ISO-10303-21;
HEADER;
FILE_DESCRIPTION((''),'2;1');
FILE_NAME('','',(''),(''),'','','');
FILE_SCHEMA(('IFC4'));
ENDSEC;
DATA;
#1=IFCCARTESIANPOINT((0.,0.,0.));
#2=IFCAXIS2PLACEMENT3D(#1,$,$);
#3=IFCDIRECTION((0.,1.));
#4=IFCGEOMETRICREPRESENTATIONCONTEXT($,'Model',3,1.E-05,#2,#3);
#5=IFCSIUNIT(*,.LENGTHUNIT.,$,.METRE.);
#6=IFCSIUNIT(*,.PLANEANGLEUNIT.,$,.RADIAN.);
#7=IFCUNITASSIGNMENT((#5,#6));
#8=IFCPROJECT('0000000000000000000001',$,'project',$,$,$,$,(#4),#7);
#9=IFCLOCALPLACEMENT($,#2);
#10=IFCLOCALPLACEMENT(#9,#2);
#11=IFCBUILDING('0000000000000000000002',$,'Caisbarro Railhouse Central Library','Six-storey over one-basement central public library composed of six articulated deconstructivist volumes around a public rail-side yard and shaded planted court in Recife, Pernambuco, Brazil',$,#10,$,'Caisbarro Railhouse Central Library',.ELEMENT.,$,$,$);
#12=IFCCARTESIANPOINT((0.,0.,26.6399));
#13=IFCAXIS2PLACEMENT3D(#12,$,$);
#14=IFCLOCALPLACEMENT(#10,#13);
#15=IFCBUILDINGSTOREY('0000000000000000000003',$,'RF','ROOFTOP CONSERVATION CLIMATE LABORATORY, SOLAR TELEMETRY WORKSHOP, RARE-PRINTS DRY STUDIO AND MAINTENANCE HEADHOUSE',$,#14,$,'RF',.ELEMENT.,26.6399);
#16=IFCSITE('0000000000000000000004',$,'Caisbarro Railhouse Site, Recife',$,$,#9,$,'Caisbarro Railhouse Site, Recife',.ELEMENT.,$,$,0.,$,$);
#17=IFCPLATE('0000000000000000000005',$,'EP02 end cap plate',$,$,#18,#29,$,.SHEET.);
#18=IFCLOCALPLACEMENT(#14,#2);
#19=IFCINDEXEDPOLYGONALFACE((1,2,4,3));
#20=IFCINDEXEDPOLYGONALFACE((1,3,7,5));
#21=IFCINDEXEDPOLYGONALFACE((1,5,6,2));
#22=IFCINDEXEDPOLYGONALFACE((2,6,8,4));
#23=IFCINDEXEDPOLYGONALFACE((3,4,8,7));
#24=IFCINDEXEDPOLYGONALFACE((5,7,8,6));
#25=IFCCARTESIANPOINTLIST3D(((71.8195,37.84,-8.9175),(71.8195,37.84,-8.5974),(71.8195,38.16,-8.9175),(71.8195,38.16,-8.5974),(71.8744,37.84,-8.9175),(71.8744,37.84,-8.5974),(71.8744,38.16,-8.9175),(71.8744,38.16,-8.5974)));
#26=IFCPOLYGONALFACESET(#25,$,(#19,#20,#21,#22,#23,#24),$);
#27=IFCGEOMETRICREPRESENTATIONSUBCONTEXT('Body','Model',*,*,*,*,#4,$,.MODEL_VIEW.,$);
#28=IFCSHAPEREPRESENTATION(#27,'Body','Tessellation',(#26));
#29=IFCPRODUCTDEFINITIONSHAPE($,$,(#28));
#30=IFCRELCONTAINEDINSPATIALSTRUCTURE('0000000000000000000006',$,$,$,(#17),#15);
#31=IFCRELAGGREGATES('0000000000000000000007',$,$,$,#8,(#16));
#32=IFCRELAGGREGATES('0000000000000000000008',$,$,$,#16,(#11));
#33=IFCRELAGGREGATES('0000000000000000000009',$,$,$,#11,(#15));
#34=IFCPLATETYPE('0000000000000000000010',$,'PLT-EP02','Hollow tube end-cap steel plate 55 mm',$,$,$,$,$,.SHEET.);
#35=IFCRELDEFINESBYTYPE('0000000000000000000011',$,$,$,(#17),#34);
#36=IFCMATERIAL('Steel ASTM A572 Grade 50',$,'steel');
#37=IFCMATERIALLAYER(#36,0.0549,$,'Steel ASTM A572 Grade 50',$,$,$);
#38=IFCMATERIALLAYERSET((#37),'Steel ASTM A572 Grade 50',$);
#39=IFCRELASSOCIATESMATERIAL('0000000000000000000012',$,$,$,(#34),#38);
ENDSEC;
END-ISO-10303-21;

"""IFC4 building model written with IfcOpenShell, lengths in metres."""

from ifc_helpers import new_model, si_unit, direction, frame, origin, origin_2d, place, context, subcontext, project, spatial, rectangle, extrude, material, layer, layer_set, type_object, element, save


model = new_model("IFC4")

# Units and contexts
model_context = context("Model", 3, precision=1e-05, world=origin(), true_north=direction((0.0, 1.0)))
body_context = subcontext(model_context, "Body", "Model", "MODEL_VIEW")
ifc_project = project(units=[si_unit("LENGTHUNIT", "METRE"), si_unit("PLANEANGLEUNIT", "RADIAN")], contexts=[model_context])

# Site, building, storey
site_placement = place(None, origin())
site = spatial("IfcSite", under=ifc_project, at=site_placement, Name="Caisbarro Railhouse Site, Recife", LongName="Caisbarro Railhouse Site, Recife", CompositionType="ELEMENT", RefElevation=0.0)
building_placement = place(site_placement, origin())
building = spatial("IfcBuilding", under=site, at=building_placement, Name="Caisbarro Railhouse Central Library", Description="Six-storey over one-basement central public library composed of six articulated deconstructivist volumes around a public rail-side yard and shaded planted court in Recife, Pernambuco, Brazil", LongName="Caisbarro Railhouse Central Library", CompositionType="ELEMENT")
storey_placement = place(building_placement, frame((0.0, 0.0, 26.6399)))
storey = spatial("IfcBuildingStorey", under=building, at=storey_placement, Name="RF", Description="ROOFTOP CONSERVATION CLIMATE LABORATORY, SOLAR TELEMETRY WORKSHOP, RARE-PRINTS DRY STUDIO AND MAINTENANCE HEADHOUSE", LongName="RF", CompositionType="ELEMENT", Elevation=26.6399)

# Shared definitions
ifc_material = material(Name="Steel ASTM A572 Grade 50", Category="steel")

# Plate
ifc_layer_1 = layer(ifc_material, 0.0549, Name="Steel ASTM A572 Grade 50")
ifc_layer_set_1 = layer_set([ifc_layer_1], Name="Steel ASTM A572 Grade 50")
plate_type_1 = type_object("IfcPlateType", Name="PLT-EP02", Description="Hollow tube end-cap steel plate 55 mm", PredefinedType="SHEET", material=ifc_layer_set_1)
plate_placement = place(storey_placement, frame((71.8469, 38.0, -8.9175), z_axis=(0.0, 0.0, 1.0), x_axis=(1.0, 0.0, 0.0)))
element("IfcPlate", 1, at=plate_placement, inside=storey, type_object=plate_type_1, Name="EP02 end cap plate", PredefinedType="SHEET", context=body_context, shape_type="SweptSolid", body=[
    extrude(rectangle(XDim=0.0549, YDim=0.3201, at=origin_2d()), origin(), (0.0, 0.0, 1.0), 0.3201),
])

save(model, "model.ifc")
